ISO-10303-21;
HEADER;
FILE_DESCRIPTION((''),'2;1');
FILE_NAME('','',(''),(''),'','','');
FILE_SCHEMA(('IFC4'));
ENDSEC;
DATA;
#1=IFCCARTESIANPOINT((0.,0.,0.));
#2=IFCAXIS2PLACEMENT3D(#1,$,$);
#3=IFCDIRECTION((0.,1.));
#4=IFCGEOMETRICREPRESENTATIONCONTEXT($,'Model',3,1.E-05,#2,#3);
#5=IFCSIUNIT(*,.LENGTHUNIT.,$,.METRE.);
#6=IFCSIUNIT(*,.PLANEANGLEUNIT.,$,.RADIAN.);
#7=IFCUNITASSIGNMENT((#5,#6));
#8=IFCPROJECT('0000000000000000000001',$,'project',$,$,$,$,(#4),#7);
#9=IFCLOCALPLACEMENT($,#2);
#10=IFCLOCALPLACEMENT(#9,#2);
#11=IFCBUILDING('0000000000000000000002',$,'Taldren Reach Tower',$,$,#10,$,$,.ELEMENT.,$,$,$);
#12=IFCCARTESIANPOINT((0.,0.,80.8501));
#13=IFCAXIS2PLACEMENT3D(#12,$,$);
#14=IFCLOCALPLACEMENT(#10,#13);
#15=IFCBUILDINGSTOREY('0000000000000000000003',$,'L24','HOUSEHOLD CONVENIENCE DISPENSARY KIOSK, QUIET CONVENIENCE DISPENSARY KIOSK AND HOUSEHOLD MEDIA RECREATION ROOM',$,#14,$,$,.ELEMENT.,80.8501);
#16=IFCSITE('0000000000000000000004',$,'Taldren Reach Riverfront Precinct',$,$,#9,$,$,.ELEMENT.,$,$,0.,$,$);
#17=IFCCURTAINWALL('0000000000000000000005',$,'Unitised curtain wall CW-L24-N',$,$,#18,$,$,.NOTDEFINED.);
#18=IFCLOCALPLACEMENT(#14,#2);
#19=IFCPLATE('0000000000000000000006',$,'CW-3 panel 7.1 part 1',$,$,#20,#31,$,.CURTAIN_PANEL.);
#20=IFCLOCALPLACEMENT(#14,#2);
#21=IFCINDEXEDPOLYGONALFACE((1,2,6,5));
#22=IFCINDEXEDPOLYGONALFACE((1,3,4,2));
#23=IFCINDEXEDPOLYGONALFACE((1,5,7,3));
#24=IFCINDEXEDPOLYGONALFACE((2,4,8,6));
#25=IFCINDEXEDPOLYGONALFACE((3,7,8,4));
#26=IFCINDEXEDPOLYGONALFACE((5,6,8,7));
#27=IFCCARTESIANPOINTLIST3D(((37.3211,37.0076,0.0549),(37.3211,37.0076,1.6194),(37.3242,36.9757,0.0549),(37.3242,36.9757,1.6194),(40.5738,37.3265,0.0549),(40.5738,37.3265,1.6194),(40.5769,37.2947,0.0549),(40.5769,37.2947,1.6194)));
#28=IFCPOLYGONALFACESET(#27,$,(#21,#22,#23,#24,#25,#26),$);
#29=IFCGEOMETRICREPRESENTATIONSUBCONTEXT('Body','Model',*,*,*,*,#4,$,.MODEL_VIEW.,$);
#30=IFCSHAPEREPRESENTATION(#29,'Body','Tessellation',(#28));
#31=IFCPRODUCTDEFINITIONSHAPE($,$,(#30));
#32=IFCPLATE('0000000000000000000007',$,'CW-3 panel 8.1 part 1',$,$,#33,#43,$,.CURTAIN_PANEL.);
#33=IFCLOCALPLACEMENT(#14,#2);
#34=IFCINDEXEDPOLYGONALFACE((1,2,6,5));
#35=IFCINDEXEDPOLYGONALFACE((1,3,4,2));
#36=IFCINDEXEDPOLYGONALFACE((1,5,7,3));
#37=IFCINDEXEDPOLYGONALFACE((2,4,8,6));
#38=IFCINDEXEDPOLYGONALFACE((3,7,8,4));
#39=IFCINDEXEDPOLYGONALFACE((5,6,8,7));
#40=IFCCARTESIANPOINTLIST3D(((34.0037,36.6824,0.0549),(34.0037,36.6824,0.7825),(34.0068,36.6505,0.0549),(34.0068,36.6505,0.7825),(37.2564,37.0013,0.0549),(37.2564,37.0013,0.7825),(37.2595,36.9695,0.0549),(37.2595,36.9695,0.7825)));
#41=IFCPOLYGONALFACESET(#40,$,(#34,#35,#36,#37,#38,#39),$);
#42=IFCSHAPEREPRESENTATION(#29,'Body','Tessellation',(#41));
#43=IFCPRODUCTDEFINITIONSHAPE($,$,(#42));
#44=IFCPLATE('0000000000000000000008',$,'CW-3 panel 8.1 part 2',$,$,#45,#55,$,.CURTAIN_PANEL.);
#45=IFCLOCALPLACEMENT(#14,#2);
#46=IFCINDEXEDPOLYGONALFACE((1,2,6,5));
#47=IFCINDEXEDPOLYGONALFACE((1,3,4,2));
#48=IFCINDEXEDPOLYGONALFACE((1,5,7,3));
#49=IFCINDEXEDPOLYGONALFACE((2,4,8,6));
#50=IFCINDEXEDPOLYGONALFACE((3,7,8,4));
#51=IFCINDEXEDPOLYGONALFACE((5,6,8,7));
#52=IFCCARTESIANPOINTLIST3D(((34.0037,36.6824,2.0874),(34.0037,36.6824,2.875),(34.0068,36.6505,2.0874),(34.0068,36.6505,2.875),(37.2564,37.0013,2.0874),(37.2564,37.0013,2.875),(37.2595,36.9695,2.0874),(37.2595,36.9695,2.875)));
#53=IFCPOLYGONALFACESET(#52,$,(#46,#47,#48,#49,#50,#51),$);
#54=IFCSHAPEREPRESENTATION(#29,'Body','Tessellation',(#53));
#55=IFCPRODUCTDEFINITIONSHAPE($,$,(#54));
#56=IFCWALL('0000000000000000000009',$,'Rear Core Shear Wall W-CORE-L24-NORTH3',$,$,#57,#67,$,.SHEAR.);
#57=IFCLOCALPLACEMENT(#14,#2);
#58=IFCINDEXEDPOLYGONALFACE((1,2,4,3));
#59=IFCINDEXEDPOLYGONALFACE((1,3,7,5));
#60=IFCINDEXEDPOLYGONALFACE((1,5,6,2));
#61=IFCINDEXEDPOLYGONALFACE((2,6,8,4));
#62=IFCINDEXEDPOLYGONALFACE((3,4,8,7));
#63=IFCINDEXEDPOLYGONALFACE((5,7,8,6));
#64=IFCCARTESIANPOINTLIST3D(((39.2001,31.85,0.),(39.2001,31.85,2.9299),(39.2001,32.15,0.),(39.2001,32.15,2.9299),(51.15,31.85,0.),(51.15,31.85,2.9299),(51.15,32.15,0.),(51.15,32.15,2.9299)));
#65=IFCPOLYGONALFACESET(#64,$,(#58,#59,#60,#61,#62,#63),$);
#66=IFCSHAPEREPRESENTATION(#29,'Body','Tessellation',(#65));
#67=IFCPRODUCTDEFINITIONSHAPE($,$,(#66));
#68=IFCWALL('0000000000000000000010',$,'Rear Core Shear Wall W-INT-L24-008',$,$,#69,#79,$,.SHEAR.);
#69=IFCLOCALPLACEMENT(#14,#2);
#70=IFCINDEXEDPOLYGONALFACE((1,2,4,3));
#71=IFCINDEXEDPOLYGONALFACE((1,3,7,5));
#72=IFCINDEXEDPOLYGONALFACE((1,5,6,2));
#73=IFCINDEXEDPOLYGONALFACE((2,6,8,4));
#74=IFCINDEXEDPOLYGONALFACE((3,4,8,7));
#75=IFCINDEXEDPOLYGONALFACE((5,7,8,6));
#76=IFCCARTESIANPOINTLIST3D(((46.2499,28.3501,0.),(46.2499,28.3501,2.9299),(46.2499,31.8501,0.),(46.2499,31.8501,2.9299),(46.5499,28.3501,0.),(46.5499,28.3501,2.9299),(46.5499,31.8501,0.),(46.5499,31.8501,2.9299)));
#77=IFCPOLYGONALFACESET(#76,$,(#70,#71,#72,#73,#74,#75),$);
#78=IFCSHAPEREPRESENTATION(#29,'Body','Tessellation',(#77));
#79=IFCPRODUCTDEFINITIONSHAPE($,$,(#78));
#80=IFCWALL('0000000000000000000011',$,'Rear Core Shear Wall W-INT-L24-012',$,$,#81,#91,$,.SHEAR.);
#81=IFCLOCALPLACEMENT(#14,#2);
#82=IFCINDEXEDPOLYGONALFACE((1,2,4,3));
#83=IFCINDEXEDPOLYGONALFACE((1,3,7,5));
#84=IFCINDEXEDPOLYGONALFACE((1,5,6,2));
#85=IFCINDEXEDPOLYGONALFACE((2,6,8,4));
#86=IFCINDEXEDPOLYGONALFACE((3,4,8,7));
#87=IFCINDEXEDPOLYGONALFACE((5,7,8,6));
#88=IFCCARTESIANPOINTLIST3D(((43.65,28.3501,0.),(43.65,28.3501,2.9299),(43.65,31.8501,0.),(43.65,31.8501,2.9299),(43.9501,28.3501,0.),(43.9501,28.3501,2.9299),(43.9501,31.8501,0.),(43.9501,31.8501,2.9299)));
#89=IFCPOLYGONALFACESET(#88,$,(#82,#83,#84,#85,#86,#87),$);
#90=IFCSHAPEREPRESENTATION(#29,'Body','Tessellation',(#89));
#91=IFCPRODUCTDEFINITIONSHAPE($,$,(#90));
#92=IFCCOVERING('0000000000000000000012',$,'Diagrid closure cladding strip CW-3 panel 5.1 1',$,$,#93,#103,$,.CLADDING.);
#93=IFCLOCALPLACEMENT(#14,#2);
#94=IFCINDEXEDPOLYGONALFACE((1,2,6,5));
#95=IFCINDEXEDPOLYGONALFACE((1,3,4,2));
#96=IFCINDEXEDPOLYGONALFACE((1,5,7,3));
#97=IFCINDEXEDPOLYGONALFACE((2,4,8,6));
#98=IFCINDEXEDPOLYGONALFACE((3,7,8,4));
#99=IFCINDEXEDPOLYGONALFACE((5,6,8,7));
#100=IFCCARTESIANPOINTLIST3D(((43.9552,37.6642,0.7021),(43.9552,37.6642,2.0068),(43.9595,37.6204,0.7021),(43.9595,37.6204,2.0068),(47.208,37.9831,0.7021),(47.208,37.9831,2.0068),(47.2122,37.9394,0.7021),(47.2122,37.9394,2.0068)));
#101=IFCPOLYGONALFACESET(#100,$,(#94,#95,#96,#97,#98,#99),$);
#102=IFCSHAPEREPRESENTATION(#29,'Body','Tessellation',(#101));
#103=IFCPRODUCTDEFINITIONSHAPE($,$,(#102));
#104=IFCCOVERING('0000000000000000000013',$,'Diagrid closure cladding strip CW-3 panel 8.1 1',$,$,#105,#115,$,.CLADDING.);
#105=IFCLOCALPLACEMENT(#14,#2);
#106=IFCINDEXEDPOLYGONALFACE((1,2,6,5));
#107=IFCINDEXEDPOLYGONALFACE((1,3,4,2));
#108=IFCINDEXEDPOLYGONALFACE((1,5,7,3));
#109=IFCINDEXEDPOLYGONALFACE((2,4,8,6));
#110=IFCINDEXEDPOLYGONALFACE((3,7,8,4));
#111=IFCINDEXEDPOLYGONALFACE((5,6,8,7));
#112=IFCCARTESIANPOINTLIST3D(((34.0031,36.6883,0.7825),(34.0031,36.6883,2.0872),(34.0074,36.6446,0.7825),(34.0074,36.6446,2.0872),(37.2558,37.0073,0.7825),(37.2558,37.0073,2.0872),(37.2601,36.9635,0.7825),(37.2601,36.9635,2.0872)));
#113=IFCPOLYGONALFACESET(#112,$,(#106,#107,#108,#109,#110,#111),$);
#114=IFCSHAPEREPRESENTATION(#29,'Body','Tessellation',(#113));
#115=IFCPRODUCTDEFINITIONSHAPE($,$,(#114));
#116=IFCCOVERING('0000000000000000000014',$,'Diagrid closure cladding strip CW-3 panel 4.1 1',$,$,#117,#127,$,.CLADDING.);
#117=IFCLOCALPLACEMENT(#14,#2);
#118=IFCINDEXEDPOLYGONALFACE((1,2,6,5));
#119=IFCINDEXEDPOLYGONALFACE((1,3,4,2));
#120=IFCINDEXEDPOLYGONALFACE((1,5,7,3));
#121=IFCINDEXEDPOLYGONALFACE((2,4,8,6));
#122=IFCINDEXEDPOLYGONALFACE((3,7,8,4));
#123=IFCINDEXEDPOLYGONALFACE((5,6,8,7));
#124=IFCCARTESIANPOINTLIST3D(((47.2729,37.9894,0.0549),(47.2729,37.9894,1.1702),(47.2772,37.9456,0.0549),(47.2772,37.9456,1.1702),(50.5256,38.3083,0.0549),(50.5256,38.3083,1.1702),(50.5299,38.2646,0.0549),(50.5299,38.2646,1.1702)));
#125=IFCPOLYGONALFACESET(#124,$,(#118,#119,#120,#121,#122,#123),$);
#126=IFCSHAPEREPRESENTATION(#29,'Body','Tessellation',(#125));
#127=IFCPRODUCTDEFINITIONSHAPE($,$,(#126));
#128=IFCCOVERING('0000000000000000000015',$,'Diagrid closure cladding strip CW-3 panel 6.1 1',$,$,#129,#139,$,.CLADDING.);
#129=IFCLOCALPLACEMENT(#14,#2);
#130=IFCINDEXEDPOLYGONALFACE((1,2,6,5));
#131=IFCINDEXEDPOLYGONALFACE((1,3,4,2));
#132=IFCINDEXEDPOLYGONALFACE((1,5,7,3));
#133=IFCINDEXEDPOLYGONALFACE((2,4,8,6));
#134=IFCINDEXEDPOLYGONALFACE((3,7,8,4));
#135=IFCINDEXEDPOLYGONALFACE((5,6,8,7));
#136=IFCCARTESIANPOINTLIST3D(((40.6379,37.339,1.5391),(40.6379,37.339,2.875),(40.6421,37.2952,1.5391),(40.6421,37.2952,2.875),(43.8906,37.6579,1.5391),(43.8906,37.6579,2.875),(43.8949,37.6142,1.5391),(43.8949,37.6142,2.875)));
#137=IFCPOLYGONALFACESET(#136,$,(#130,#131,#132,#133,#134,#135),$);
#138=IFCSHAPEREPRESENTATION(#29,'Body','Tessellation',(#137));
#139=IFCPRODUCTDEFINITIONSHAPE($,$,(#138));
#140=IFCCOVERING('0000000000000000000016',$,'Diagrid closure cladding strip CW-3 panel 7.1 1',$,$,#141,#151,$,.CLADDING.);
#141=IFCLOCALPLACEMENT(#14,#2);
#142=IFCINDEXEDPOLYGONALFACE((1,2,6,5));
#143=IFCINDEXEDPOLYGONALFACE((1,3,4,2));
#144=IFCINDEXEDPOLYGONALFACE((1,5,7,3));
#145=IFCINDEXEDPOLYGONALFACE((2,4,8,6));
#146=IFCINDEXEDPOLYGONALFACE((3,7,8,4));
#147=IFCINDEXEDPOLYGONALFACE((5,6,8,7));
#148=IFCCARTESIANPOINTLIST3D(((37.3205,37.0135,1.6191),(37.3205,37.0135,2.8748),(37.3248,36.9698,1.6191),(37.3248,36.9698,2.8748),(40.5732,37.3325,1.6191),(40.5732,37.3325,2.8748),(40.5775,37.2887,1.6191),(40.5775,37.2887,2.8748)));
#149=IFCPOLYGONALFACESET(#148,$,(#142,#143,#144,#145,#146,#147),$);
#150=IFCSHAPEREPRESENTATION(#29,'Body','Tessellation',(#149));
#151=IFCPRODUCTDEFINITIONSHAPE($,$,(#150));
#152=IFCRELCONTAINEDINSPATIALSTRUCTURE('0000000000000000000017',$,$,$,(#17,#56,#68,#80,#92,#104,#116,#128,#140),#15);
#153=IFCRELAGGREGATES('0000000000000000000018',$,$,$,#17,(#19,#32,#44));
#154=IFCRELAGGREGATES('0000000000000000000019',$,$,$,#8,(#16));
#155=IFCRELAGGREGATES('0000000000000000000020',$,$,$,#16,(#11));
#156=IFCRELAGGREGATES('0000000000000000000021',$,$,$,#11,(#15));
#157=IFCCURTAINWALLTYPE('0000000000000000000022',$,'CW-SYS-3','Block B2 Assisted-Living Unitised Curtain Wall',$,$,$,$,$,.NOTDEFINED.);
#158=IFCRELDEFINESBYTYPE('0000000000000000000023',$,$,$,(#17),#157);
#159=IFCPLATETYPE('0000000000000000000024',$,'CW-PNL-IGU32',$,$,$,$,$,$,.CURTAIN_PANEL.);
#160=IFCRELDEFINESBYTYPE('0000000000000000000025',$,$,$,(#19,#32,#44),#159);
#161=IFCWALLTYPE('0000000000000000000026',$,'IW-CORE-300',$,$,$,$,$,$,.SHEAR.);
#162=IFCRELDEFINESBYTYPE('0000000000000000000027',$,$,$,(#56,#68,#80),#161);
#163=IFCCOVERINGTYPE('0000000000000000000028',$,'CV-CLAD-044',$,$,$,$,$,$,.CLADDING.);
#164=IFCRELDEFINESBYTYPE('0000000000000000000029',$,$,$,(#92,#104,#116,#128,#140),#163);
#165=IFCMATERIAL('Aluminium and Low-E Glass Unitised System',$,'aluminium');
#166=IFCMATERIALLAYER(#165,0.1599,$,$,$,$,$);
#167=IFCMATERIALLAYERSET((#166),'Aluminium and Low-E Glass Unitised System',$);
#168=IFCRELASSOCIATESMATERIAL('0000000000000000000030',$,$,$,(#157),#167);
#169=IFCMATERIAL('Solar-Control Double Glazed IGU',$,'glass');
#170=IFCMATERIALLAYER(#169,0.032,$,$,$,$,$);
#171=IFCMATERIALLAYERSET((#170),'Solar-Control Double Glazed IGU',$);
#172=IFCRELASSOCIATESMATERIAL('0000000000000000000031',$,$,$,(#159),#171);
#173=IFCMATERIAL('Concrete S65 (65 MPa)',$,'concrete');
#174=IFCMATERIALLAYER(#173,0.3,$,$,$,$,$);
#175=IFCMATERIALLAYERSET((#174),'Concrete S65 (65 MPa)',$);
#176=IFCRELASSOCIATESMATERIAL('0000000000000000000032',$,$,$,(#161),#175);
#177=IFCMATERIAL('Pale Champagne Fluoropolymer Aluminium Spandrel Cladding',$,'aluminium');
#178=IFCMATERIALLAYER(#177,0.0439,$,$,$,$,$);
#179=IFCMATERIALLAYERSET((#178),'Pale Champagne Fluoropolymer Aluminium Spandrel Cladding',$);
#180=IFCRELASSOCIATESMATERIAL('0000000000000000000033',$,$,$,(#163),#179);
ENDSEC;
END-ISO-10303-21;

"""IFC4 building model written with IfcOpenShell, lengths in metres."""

from ifc_helpers import new_model, si_unit, direction, frame, frame_2d, origin, origin_2d, place, context, subcontext, project, spatial, rectangle, extrude, source, transform, mapped, material, layer, layer_set, type_object, element, aggregate, save


model = new_model("IFC4")

# Units and contexts
model_context = context("Model", 3, precision=1e-05, world=origin(), true_north=direction((0.0, 1.0)))
body_context = subcontext(model_context, "Body", "Model", "MODEL_VIEW")
ifc_project = project(units=[si_unit("LENGTHUNIT", "METRE"), si_unit("PLANEANGLEUNIT", "RADIAN")], contexts=[model_context])

# Site, building, storey
site_placement = place(None, origin())
site = spatial("IfcSite", under=ifc_project, at=site_placement, Name="Taldren Reach Riverfront Precinct", CompositionType="ELEMENT", RefElevation=0.0)
building_placement = place(site_placement, origin())
building = spatial("IfcBuilding", under=site, at=building_placement, Name="Taldren Reach Tower", CompositionType="ELEMENT")
storey_placement = place(building_placement, frame((0.0, 0.0, 80.8501)))
storey = spatial("IfcBuildingStorey", under=building, at=storey_placement, Name="L24", Description="HOUSEHOLD CONVENIENCE DISPENSARY KIOSK, QUIET CONVENIENCE DISPENSARY KIOSK AND HOUSEHOLD MEDIA RECREATION ROOM", CompositionType="ELEMENT", Elevation=80.8501)

# Shared definitions
ifc_material_1 = material(Name="Concrete S65 (65 MPa)", Category="concrete")

# Curtain wall
ifc_material_2 = material(Name="Aluminium and Low-E Glass Unitised System", Category="aluminium")
ifc_layer_1 = layer(ifc_material_2, 0.1599)
ifc_layer_set_1 = layer_set([ifc_layer_1], Name="Aluminium and Low-E Glass Unitised System")
curtain_wall_type = type_object("IfcCurtainWallType", Name="CW-SYS-3", Description="Block B2 Assisted-Living Unitised Curtain Wall", PredefinedType="NOTDEFINED", material=ifc_layer_set_1)
curtain_wall_placement = place(storey_placement, origin())
curtain_wall = element("IfcCurtainWall", 1, at=curtain_wall_placement, inside=storey, type_object=curtain_wall_type, Name="Unitised curtain wall CW-L24-N", PredefinedType="NOTDEFINED")

# Plates
ifc_material_3 = material(Name="Solar-Control Double Glazed IGU", Category="glass")
ifc_layer_2 = layer(ifc_material_3, 0.032)
ifc_layer_set_2 = layer_set([ifc_layer_2], Name="Solar-Control Double Glazed IGU")
plate_type_1 = type_object("IfcPlateType", Name="CW-PNL-IGU32", PredefinedType="CURTAIN_PANEL", material=ifc_layer_set_2)
shared_shape_1 = source(origin(), body_context, "Body", "SweptSolid", [
    extrude(rectangle(XDim=3.2683, YDim=0.032, at=origin_2d()), origin(), (0.0, 0.0, 1.0), 1.5645),
])
plate_1_placement = place(storey_placement, frame((38.949, 37.1511, 0.0549), z_axis=(0.0, 0.0, 1.0), x_axis=(-0.995227, -0.097583, 0.0)))
plate_1 = element("IfcPlate", 2, at=plate_1_placement, type_object=plate_type_1, Name="CW-3 panel 7.1 part 1", PredefinedType="CURTAIN_PANEL", context=body_context, shape_type="MappedRepresentation", body=[
    mapped(shared_shape_1, transform((0.0, 0.0, 0.0), scale=1.0)),
])
shared_shape_2 = source(origin(), body_context, "Body", "SweptSolid", [
    extrude(rectangle(XDim=3.2683, YDim=0.032, at=origin_2d()), origin(), (0.0, 0.0, 1.0), 0.7275),
])
plate_2_placement = place(storey_placement, frame((35.6316, 36.8259, 0.0549), z_axis=(0.0, 0.0, 1.0), x_axis=(-0.995227, -0.097583, 0.0)))
plate_2 = element("IfcPlate", 3, at=plate_2_placement, type_object=plate_type_1, Name="CW-3 panel 8.1 part 1", PredefinedType="CURTAIN_PANEL", context=body_context, shape_type="MappedRepresentation", body=[
    mapped(shared_shape_2, transform((0.0, 0.0, 0.0), scale=1.0)),
])
shared_shape_3 = source(origin(), body_context, "Body", "SweptSolid", [
    extrude(rectangle(XDim=3.2683, YDim=0.032, at=origin_2d()), origin(), (0.0, 0.0, 1.0), 0.7876),
])
plate_3_placement = place(storey_placement, frame((35.6316, 36.8259, 2.0874), z_axis=(0.0, 0.0, 1.0), x_axis=(-0.995227, -0.097583, 0.0)))
plate_3 = element("IfcPlate", 4, at=plate_3_placement, type_object=plate_type_1, Name="CW-3 panel 8.1 part 2", PredefinedType="CURTAIN_PANEL", context=body_context, shape_type="MappedRepresentation", body=[
    mapped(shared_shape_3, transform((0.0, 0.0, 0.0), scale=1.0)),
])
aggregate(curtain_wall, [plate_1, plate_2, plate_3])

# Walls
ifc_layer_3 = layer(ifc_material_1, 0.3)
ifc_layer_set_3 = layer_set([ifc_layer_3], Name="Concrete S65 (65 MPa)")
wall_type = type_object("IfcWallType", Name="IW-CORE-300", PredefinedType="SHEAR", material=ifc_layer_set_3)
shared_shape_4 = source(origin(), body_context, "Body", "SweptSolid", [
    extrude(rectangle(XDim=11.95, YDim=0.3, at=frame_2d((5.9751, 0.0))), origin(), (0.0, 0.0, 1.0), 2.9299),
])
wall_placement = place(storey_placement, frame((39.2, 32.0, 0.0), z_axis=(0.0, 0.0, 1.0), x_axis=(1.0, 0.0, 0.0)))
element("IfcWall", 5, at=wall_placement, inside=storey, type_object=wall_type, Name="Rear Core Shear Wall W-CORE-L24-NORTH3", PredefinedType="SHEAR", context=body_context, shape_type="MappedRepresentation", body=[
    mapped(shared_shape_4, transform((0.0, 0.0, 0.0), scale=1.0)),
])
shared_shape_5 = source(origin(), body_context, "Body", "SweptSolid", [
    extrude(rectangle(XDim=3.5, YDim=0.3, at=frame_2d((1.75, 0.0))), origin(), (0.0, 0.0, 1.0), 2.9299),
])
for number, where, z_axis, x_axis, name in (
    (6, (46.3999, 31.8501, 0.0), (0.0, 0.0, 1.0), (0.0, -1.0, 0.0), "Rear Core Shear Wall W-INT-L24-008"),
    (7, (43.8, 31.8501, 0.0), (0.0, 0.0, 1.0), (0.0, -1.0, 0.0), "Rear Core Shear Wall W-INT-L24-012"),
):
    element("IfcWall", number, at=place(storey_placement, frame(where, z_axis=z_axis, x_axis=x_axis)), inside=storey, type_object=wall_type, Name=name, PredefinedType="SHEAR", context=body_context, shape_type="MappedRepresentation", body=[
        mapped(shared_shape_5, transform((0.0, 0.0, 0.0), scale=1.0)),
    ])

# Coverings
ifc_material_4 = material(Name="Pale Champagne Fluoropolymer Aluminium Spandrel Cladding", Category="aluminium")
ifc_layer_4 = layer(ifc_material_4, 0.0439)
ifc_layer_set_4 = layer_set([ifc_layer_4], Name="Pale Champagne Fluoropolymer Aluminium Spandrel Cladding")
covering_type = type_object("IfcCoveringType", Name="CV-CLAD-044", PredefinedType="CLADDING", material=ifc_layer_set_4)
shared_shape_6 = source(origin(), body_context, "Body", "SweptSolid", [
    extrude(rectangle(XDim=3.2683, YDim=0.0439, at=origin_2d()), origin(), (0.0, 0.0, 1.0), 1.3047),
])
for number, where, z_axis, x_axis, name in (
    (8, (45.5837, 37.8018, 0.7021), (0.0, 0.0, 1.0), (-0.995227, -0.097583, 0.0), "Diagrid closure cladding strip CW-3 panel 5.1 1"),
    (9, (35.6316, 36.8259, 0.7825), (0.0, 0.0, 1.0), (-0.995227, -0.097583, 0.0), "Diagrid closure cladding strip CW-3 panel 8.1 1"),
):
    element("IfcCovering", number, at=place(storey_placement, frame(where, z_axis=z_axis, x_axis=x_axis)), inside=storey, type_object=covering_type, Name=name, PredefinedType="CLADDING", context=body_context, shape_type="MappedRepresentation", body=[
        mapped(shared_shape_6, transform((0.0, 0.0, 0.0), scale=1.0)),
    ])
shared_shape_7 = source(origin(), body_context, "Body", "SweptSolid", [
    extrude(rectangle(XDim=3.2683, YDim=0.0439, at=origin_2d()), origin(), (0.0, 0.0, 1.0), 1.1152),
])
covering_1_placement = place(storey_placement, frame((48.9014, 38.127, 0.0549), z_axis=(0.0, 0.0, 1.0), x_axis=(-0.995227, -0.097583, 0.0)))
element("IfcCovering", 10, at=covering_1_placement, inside=storey, type_object=covering_type, Name="Diagrid closure cladding strip CW-3 panel 4.1 1", PredefinedType="CLADDING", context=body_context, shape_type="MappedRepresentation", body=[
    mapped(shared_shape_7, transform((0.0, 0.0, 0.0), scale=1.0)),
])
shared_shape_8 = source(origin(), body_context, "Body", "SweptSolid", [
    extrude(rectangle(XDim=3.2683, YDim=0.0439, at=origin_2d()), origin(), (0.0, 0.0, 1.0), 1.3359),
])
covering_2_placement = place(storey_placement, frame((42.2664, 37.4766, 1.5391), z_axis=(0.0, 0.0, 1.0), x_axis=(-0.995227, -0.097583, 0.0)))
element("IfcCovering", 11, at=covering_2_placement, inside=storey, type_object=covering_type, Name="Diagrid closure cladding strip CW-3 panel 6.1 1", PredefinedType="CLADDING", context=body_context, shape_type="MappedRepresentation", body=[
    mapped(shared_shape_8, transform((0.0, 0.0, 0.0), scale=1.0)),
])
shared_shape_9 = source(origin(), body_context, "Body", "SweptSolid", [
    extrude(rectangle(XDim=3.2683, YDim=0.0439, at=origin_2d()), origin(), (0.0, 0.0, 1.0), 1.2556),
])
covering_3_placement = place(storey_placement, frame((38.949, 37.1511, 1.6191), z_axis=(0.0, 0.0, 1.0), x_axis=(-0.995227, -0.097583, 0.0)))
element("IfcCovering", 12, at=covering_3_placement, inside=storey, type_object=covering_type, Name="Diagrid closure cladding strip CW-3 panel 7.1 1", PredefinedType="CLADDING", context=body_context, shape_type="MappedRepresentation", body=[
    mapped(shared_shape_9, transform((0.0, 0.0, 0.0), scale=1.0)),
])

save(model, "model.ifc")
